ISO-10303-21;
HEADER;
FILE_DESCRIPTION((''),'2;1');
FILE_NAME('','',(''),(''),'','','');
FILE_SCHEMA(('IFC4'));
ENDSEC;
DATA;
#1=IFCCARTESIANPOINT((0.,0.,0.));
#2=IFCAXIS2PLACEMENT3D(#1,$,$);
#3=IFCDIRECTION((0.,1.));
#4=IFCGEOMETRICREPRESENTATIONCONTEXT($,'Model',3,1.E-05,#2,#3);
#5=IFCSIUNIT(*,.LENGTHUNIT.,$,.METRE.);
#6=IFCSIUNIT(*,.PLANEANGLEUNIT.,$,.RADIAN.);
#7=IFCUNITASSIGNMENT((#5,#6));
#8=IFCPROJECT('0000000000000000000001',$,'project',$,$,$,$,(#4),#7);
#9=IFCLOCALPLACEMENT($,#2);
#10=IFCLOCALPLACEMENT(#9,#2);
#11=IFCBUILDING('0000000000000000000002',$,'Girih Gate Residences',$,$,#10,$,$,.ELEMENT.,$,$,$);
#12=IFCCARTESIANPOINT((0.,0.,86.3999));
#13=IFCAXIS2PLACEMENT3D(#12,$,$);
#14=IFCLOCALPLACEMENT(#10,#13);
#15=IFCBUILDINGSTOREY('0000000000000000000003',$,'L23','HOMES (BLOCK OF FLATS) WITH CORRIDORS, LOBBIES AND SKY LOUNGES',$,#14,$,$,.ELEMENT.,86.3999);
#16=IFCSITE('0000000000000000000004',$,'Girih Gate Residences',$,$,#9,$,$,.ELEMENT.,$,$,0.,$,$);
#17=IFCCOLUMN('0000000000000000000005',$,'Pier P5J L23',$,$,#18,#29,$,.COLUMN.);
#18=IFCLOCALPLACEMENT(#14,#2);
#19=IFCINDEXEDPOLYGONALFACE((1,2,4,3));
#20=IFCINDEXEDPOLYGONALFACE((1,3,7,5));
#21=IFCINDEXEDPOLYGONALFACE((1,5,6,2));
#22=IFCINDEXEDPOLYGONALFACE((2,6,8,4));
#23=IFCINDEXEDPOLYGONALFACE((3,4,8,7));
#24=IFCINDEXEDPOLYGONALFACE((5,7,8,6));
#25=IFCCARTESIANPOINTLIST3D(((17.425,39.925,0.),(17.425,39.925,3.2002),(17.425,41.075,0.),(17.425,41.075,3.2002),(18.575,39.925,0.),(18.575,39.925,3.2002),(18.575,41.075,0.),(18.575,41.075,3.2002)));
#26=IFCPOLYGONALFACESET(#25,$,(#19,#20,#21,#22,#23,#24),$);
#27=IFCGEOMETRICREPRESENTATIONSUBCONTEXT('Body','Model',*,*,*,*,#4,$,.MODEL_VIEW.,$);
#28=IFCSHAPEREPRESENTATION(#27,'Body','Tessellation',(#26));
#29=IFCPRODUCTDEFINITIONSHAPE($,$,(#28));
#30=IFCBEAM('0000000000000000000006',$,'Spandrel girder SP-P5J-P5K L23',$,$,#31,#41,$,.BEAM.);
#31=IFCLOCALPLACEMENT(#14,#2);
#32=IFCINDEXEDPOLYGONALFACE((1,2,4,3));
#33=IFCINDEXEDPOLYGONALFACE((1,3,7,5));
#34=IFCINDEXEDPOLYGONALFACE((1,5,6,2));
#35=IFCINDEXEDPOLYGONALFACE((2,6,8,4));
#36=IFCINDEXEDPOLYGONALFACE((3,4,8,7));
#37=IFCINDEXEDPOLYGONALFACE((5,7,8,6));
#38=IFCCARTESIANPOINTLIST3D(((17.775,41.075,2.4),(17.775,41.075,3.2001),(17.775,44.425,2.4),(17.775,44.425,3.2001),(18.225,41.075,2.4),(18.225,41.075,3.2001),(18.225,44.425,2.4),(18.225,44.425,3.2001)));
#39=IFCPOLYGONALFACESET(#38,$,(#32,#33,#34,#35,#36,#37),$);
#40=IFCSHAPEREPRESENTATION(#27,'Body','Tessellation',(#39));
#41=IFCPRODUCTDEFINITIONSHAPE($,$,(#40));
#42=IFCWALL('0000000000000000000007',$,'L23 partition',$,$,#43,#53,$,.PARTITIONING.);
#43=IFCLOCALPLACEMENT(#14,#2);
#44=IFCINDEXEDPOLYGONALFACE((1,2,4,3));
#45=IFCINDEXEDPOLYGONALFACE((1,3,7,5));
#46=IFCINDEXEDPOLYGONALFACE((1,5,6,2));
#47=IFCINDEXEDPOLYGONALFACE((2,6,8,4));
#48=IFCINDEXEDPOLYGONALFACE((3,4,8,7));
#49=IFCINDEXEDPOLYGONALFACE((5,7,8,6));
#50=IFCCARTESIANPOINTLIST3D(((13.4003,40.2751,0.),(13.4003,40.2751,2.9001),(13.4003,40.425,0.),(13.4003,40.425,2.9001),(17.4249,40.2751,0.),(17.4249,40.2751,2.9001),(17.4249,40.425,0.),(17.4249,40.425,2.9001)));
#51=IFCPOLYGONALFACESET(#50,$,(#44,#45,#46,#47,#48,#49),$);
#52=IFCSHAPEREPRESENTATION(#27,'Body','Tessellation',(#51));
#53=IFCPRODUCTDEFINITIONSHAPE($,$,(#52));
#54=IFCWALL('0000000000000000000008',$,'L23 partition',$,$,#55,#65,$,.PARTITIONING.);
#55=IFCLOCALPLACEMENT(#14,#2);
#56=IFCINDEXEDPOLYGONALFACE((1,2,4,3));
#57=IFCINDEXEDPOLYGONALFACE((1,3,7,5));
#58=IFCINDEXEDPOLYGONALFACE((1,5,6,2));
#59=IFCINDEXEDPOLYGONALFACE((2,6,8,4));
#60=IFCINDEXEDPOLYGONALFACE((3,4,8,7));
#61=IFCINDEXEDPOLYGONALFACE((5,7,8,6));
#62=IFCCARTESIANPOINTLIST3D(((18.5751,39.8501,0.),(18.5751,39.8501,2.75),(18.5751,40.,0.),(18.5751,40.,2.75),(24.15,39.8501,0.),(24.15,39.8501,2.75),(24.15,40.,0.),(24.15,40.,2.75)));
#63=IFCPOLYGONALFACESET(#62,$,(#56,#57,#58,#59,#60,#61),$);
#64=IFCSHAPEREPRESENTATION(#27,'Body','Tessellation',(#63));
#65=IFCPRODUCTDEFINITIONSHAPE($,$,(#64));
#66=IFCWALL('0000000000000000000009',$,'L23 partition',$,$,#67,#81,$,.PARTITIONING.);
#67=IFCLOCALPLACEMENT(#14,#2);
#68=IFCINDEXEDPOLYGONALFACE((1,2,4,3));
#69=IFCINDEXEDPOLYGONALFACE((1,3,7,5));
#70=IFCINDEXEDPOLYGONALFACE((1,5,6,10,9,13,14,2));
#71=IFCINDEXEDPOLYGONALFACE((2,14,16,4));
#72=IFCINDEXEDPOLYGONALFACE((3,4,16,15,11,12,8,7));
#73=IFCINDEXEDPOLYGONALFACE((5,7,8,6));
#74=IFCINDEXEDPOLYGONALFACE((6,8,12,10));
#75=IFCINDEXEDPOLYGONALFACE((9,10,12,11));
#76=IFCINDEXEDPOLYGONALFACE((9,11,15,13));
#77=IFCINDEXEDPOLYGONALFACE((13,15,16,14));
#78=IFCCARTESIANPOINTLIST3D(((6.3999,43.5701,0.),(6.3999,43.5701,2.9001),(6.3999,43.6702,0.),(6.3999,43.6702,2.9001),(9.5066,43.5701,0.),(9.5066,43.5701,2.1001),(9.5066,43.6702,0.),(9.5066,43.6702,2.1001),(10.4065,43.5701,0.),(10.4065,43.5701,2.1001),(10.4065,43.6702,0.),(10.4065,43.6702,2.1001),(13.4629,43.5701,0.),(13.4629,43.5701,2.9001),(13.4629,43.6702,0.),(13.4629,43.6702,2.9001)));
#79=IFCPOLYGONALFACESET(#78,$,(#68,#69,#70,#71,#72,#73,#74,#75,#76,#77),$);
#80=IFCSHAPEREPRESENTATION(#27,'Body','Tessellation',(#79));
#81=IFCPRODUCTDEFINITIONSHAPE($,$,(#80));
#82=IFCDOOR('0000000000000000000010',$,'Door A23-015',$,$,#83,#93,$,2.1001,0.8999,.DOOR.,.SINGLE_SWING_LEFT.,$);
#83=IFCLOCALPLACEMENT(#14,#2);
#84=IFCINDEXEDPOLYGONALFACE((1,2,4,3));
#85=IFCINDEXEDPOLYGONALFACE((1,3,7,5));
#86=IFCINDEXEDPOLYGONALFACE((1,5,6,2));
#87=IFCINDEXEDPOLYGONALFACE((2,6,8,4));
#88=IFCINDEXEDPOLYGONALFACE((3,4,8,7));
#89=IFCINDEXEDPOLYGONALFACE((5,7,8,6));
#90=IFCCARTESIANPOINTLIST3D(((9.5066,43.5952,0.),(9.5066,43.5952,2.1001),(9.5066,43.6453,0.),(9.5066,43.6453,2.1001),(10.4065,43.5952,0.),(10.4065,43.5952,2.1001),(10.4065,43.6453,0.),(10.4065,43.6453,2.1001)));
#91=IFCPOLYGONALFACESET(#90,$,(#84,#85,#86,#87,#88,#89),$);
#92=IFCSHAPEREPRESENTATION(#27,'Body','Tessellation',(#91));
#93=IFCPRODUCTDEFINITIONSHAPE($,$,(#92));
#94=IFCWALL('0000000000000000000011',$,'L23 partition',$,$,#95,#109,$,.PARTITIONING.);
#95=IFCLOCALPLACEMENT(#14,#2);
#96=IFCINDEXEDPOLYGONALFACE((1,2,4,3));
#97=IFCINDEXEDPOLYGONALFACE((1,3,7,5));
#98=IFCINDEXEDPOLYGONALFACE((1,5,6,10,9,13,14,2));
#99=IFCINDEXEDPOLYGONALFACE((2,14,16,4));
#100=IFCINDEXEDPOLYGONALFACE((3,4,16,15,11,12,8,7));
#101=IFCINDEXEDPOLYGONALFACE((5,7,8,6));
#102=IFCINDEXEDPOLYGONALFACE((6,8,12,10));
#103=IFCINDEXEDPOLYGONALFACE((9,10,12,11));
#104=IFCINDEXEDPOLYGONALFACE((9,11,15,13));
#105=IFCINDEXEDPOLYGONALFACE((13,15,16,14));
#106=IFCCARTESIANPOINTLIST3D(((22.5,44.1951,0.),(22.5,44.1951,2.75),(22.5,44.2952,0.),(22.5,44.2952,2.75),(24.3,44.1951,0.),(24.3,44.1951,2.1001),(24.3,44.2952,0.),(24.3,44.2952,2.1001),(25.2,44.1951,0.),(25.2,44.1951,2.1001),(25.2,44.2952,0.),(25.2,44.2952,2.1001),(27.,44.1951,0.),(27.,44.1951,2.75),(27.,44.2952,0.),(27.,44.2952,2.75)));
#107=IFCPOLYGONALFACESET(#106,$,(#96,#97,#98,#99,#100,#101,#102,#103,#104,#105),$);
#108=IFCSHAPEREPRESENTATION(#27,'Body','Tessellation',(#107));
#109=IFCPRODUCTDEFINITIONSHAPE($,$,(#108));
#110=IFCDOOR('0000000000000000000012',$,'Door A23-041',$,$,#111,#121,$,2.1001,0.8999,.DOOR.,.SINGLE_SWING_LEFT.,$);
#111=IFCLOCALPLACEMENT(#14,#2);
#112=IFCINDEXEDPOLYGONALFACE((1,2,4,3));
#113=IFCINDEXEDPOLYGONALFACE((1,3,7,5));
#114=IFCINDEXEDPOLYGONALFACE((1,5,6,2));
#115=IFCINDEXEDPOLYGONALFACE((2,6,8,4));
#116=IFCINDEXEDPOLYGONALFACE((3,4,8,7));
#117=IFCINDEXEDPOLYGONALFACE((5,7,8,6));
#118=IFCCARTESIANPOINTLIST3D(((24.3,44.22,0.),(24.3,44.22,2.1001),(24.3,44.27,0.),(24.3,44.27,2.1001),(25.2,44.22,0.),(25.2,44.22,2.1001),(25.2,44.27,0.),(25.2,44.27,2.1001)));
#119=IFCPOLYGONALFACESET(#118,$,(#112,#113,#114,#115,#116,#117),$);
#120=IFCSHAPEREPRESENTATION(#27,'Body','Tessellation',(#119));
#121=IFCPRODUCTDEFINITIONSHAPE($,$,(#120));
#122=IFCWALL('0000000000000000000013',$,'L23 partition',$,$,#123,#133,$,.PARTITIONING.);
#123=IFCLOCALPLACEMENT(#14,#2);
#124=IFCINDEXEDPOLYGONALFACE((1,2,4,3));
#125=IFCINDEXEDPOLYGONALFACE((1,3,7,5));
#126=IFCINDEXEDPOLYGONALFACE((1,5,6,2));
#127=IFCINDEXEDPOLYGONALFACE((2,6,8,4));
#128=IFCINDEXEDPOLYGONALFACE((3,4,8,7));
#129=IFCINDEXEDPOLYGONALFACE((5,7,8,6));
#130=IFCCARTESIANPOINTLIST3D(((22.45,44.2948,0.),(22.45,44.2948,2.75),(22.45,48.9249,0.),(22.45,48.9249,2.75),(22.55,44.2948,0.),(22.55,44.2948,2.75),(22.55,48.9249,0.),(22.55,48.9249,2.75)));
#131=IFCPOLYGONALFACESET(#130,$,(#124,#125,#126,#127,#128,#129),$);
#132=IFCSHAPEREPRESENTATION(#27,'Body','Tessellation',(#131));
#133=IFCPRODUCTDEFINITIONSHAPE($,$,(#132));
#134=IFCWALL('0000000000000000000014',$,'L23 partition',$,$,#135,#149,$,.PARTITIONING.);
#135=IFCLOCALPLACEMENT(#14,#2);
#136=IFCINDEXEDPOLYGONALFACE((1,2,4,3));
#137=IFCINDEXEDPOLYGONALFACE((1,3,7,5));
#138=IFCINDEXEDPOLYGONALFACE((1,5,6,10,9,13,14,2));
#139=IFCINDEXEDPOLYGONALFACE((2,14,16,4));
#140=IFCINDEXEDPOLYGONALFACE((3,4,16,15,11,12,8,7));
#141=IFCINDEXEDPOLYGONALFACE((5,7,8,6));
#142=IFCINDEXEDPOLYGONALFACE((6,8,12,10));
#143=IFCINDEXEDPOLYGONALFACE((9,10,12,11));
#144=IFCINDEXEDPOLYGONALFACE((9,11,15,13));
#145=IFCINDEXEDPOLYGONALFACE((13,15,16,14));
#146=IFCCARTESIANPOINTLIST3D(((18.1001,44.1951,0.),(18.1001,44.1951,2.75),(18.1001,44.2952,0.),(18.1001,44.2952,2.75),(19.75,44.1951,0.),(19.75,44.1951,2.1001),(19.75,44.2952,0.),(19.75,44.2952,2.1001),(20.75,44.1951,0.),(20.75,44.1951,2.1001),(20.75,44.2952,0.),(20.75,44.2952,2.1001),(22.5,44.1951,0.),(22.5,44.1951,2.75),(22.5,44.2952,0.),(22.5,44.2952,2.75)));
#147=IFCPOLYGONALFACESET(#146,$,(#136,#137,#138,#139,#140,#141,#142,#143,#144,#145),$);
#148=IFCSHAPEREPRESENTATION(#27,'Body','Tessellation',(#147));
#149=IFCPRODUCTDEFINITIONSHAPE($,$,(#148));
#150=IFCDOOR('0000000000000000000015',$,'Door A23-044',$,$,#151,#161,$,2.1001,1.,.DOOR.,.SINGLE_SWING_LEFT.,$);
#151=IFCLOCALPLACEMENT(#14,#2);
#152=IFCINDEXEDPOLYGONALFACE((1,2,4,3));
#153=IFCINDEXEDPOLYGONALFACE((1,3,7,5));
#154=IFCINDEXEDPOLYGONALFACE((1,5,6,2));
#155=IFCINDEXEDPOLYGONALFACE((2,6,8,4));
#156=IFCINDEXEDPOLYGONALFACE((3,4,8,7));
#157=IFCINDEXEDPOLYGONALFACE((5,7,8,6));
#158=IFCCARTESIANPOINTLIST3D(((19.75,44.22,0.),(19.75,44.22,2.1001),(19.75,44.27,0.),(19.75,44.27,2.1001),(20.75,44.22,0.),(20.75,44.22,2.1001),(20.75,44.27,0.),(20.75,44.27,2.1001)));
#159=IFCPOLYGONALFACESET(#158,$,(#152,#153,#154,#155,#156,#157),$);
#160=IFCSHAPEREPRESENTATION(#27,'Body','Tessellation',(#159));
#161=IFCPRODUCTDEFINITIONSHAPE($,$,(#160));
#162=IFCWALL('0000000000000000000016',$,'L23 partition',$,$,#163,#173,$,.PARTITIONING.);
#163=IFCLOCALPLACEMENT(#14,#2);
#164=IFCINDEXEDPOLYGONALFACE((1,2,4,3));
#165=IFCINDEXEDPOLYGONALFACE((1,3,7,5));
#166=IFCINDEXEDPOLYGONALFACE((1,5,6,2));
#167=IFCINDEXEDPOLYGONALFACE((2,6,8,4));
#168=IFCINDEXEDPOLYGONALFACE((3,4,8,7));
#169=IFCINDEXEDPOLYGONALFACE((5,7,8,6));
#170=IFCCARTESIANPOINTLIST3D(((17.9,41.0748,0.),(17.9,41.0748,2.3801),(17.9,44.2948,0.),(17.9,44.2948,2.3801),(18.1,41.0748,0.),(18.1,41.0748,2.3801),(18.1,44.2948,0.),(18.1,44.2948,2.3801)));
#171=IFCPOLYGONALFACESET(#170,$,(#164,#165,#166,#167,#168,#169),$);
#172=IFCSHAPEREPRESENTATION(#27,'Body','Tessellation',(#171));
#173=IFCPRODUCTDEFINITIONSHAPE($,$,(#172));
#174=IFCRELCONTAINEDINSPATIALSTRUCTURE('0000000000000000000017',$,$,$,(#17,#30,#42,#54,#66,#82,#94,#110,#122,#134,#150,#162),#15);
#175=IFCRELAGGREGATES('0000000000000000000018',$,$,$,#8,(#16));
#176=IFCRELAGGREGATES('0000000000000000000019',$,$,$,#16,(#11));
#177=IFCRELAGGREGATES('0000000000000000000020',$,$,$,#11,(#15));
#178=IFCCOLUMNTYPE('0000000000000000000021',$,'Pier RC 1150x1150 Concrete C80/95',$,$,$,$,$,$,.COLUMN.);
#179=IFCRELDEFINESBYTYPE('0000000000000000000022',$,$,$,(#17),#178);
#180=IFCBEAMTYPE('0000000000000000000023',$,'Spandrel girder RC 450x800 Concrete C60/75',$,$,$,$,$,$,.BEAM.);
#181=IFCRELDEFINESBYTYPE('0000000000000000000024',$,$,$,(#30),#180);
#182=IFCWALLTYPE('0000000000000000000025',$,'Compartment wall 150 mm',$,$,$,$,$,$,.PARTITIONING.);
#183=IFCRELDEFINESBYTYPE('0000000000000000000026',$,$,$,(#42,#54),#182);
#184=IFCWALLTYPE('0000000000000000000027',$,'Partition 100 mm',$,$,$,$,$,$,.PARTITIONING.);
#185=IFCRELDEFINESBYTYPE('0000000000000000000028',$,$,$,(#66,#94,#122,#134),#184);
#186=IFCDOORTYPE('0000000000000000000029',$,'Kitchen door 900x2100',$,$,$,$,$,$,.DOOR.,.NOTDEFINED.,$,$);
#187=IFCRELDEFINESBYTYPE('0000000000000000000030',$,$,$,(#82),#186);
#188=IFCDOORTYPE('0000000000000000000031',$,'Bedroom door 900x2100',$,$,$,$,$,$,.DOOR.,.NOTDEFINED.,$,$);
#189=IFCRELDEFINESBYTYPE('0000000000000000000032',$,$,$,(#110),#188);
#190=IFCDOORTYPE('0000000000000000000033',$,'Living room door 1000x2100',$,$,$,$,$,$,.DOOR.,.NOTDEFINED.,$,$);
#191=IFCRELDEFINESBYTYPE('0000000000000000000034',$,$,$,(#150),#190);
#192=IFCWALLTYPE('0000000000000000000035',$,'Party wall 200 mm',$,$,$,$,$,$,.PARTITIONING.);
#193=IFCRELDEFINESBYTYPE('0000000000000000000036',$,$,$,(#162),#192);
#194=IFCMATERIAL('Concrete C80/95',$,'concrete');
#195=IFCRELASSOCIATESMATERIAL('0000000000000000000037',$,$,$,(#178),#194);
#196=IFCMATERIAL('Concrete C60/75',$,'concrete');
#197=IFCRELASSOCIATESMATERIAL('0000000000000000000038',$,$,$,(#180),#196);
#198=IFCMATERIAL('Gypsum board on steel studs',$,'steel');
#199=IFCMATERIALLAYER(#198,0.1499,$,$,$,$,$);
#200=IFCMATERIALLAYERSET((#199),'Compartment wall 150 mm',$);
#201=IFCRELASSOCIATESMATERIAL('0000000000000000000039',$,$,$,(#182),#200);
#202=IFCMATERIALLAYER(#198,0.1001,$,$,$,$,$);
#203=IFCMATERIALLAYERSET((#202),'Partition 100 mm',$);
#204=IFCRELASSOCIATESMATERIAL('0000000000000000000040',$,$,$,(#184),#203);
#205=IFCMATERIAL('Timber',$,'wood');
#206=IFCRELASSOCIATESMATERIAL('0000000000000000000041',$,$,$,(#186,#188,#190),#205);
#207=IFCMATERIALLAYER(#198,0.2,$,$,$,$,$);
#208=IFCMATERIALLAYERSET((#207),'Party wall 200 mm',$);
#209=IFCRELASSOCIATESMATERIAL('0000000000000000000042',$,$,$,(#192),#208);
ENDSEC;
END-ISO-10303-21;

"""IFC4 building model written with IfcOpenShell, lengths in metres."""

from ifc_helpers import new_model, si_unit, direction, frame, frame_2d, origin, origin_2d, place, context, subcontext, project, spatial, rectangle, extrude, material, layer, layer_set, material_profile, profile_set, type_object, element, fill, save


model = new_model("IFC4")

# Units and contexts
model_context = context("Model", 3, precision=1e-05, world=origin(), true_north=direction((0.0, 1.0)))
body_context = subcontext(model_context, "Body", "Model", "MODEL_VIEW")
ifc_project = project(units=[si_unit("LENGTHUNIT", "METRE"), si_unit("PLANEANGLEUNIT", "RADIAN")], contexts=[model_context])

# Site, building, storey
site_placement = place(None, origin())
site = spatial("IfcSite", under=ifc_project, at=site_placement, Name="Girih Gate Residences", CompositionType="ELEMENT", RefElevation=0.0)
building_placement = place(site_placement, origin())
building = spatial("IfcBuilding", under=site, at=building_placement, Name="Girih Gate Residences", CompositionType="ELEMENT")
storey_placement = place(building_placement, frame((0.0, 0.0, 86.3999)))
storey = spatial("IfcBuildingStorey", under=building, at=storey_placement, Name="L23", Description="HOMES (BLOCK OF FLATS) WITH CORRIDORS, LOBBIES AND SKY LOUNGES", CompositionType="ELEMENT", Elevation=86.3999)

# Column
ifc_material_1 = material(Name="Concrete C80/95", Category="concrete")
ifc_material_profile_1 = material_profile(ifc_material_1, rectangle(XDim=1.1499, YDim=1.1499, at=origin_2d()))
ifc_profile_set_1 = profile_set([ifc_material_profile_1], Name="Concrete C80/95")
column_type = type_object("IfcColumnType", Name="Pier RC 1150x1150 Concrete C80/95", PredefinedType="COLUMN", material=ifc_profile_set_1)
column_placement = place(storey_placement, frame((18.0, 40.5, 0.0), z_axis=(0.0, 0.0, 1.0), x_axis=(1.0, 0.0, 0.0)))
element("IfcColumn", 1, at=column_placement, inside=storey, type_object=column_type, Name="Pier P5J L23", PredefinedType="COLUMN", context=body_context, shape_type="SweptSolid", body=[
    extrude(rectangle(XDim=1.1499, YDim=1.1499, at=origin_2d()), origin(), (0.0, 0.0, 1.0), 3.2002),
])

# Beam
ifc_material_2 = material(Name="Concrete C60/75", Category="concrete")
ifc_material_profile_2 = material_profile(ifc_material_2, rectangle(XDim=0.45, YDim=0.8, at=origin_2d()))
ifc_profile_set_2 = profile_set([ifc_material_profile_2], Name="Concrete C60/75")
beam_type = type_object("IfcBeamType", Name="Spandrel girder RC 450x800 Concrete C60/75", PredefinedType="BEAM", material=ifc_profile_set_2)
beam_placement = place(storey_placement, frame((18.0, 41.075, 2.8), z_axis=(0.0, 1.0, 0.0), x_axis=(-1.0, 0.0, 0.0)))
element("IfcBeam", 2, at=beam_placement, inside=storey, type_object=beam_type, Name="Spandrel girder SP-P5J-P5K L23", PredefinedType="BEAM", context=body_context, shape_type="SweptSolid", body=[
    extrude(rectangle(XDim=0.45, YDim=0.8, at=origin_2d()), origin(), (0.0, 0.0, 1.0), 3.3501),
])

# Walls
ifc_material_3 = material(Name="Gypsum board on steel studs", Category="steel")
ifc_layer_1 = layer(ifc_material_3, 0.1499)
ifc_layer_set_1 = layer_set([ifc_layer_1], Name="Compartment wall 150 mm")
wall_type_1 = type_object("IfcWallType", Name="Compartment wall 150 mm", PredefinedType="PARTITIONING", material=ifc_layer_set_1)
wall_1_placement = place(storey_placement, frame((13.4004, 40.3501, 0.0), z_axis=(0.0, 0.0, 1.0), x_axis=(1.0, 0.0, 0.0)))
element("IfcWall", 3, at=wall_1_placement, inside=storey, type_object=wall_type_1, Name="L23 partition", PredefinedType="PARTITIONING", context=body_context, shape_type="SweptSolid", body=[
    extrude(rectangle(XDim=4.0247, YDim=0.1499, at=frame_2d((2.0122, 0.0))), origin(), (0.0, 0.0, 1.0), 2.9001),
])
wall_2_placement = place(storey_placement, frame((18.575, 39.925, 0.0), z_axis=(0.0, 0.0, 1.0), x_axis=(1.0, 0.0, 0.0)))
element("IfcWall", 4, at=wall_2_placement, inside=storey, type_object=wall_type_1, Name="L23 partition", PredefinedType="PARTITIONING", context=body_context, shape_type="SweptSolid", body=[
    extrude(rectangle(XDim=5.575, YDim=0.1499, at=frame_2d((2.7876, 0.0))), origin(), (0.0, 0.0, 1.0), 2.75),
])

# Walls, openings, doors
ifc_layer_2 = layer(ifc_material_3, 0.1001)
ifc_layer_set_2 = layer_set([ifc_layer_2], Name="Partition 100 mm")
wall_type_2 = type_object("IfcWallType", Name="Partition 100 mm", PredefinedType="PARTITIONING", material=ifc_layer_set_2)
wall_3_placement = place(storey_placement, frame((13.4629, 43.6201, 0.0), z_axis=(0.0, 0.0, 1.0), x_axis=(-1.0, 0.0, 0.0)))
wall_3 = element("IfcWall", 5, at=wall_3_placement, inside=storey, type_object=wall_type_2, Name="L23 partition", PredefinedType="PARTITIONING", context=body_context, shape_type="SweptSolid", body=[
    extrude(rectangle(XDim=7.063, YDim=0.1001, at=frame_2d((3.5315, 0.0))), origin(), (0.0, 0.0, 1.0), 2.9001),
])
opening_1_placement = place(wall_3_placement, frame((3.0564, 0.0, 0.0)))
opening_1 = element("IfcOpeningElement", 6, at=opening_1_placement, cuts=wall_3, PredefinedType="OPENING", context=body_context, shape_type="SweptSolid", body=[
    extrude(rectangle(XDim=0.8999, YDim=2.1001, at=frame_2d((0.45, 1.05))), frame((0.0, 0.0601, 0.0), z_axis=(0.0, -1.0, 0.0), x_axis=(1.0, 0.0, 0.0)), (0.0, 0.0, 1.0), 0.1201),
])
ifc_material_4 = material(Name="Timber", Category="wood")
door_type_1 = type_object("IfcDoorType", Name="Kitchen door 900x2100", OperationType="NOTDEFINED", PredefinedType="DOOR", material=ifc_material_4)
door_1_placement = place(opening_1_placement, origin())
door_1 = element("IfcDoor", 7, at=door_1_placement, inside=storey, type_object=door_type_1, Name="Door A23-015", OperationType="SINGLE_SWING_LEFT", OverallHeight=2.1001, OverallWidth=0.8999, PredefinedType="DOOR", context=body_context, shape_type="SweptSolid", body=[
    extrude(rectangle(XDim=0.8999, YDim=2.1001, at=frame_2d((0.45, 1.05))), frame((0.0, 0.0249, 0.0), z_axis=(0.0, -1.0, 0.0), x_axis=(1.0, 0.0, 0.0)), (0.0, 0.0, 1.0), 0.05),
])
fill(opening_1, door_1)
wall_4_placement = place(storey_placement, frame((22.5, 44.2451, 0.0), z_axis=(0.0, 0.0, 1.0), x_axis=(1.0, 0.0, 0.0)))
wall_4 = element("IfcWall", 8, at=wall_4_placement, inside=storey, type_object=wall_type_2, Name="L23 partition", PredefinedType="PARTITIONING", context=body_context, shape_type="SweptSolid", body=[
    extrude(rectangle(XDim=4.5, YDim=0.1001, at=frame_2d((2.25, 0.0))), origin(), (0.0, 0.0, 1.0), 2.75),
])
opening_2_placement = place(wall_4_placement, frame((1.8, 0.0, 0.0)))
opening_2 = element("IfcOpeningElement", 9, at=opening_2_placement, cuts=wall_4, PredefinedType="OPENING", context=body_context, shape_type="SweptSolid", body=[
    extrude(rectangle(XDim=0.8999, YDim=2.1001, at=frame_2d((0.45, 1.05))), frame((0.0, 0.0601, 0.0), z_axis=(0.0, -1.0, 0.0), x_axis=(1.0, 0.0, 0.0)), (0.0, 0.0, 1.0), 0.1201),
])
door_type_2 = type_object("IfcDoorType", Name="Bedroom door 900x2100", OperationType="NOTDEFINED", PredefinedType="DOOR", material=ifc_material_4)
door_2_placement = place(opening_2_placement, origin())
door_2 = element("IfcDoor", 10, at=door_2_placement, inside=storey, type_object=door_type_2, Name="Door A23-041", OperationType="SINGLE_SWING_LEFT", OverallHeight=2.1001, OverallWidth=0.8999, PredefinedType="DOOR", context=body_context, shape_type="SweptSolid", body=[
    extrude(rectangle(XDim=0.8999, YDim=2.1001, at=frame_2d((0.45, 1.05))), frame((0.0, 0.0249, 0.0), z_axis=(0.0, -1.0, 0.0), x_axis=(1.0, 0.0, 0.0)), (0.0, 0.0, 1.0), 0.05),
])
fill(opening_2, door_2)

# Wall
wall_5_placement = place(storey_placement, frame((22.5, 44.2949, 0.0), z_axis=(0.0, 0.0, 1.0), x_axis=(0.0, 1.0, 0.0)))
element("IfcWall", 11, at=wall_5_placement, inside=storey, type_object=wall_type_2, Name="L23 partition", PredefinedType="PARTITIONING", context=body_context, shape_type="SweptSolid", body=[
    extrude(rectangle(XDim=4.6301, YDim=0.1001, at=frame_2d((2.3149, 0.0))), origin(), (0.0, 0.0, 1.0), 2.75),
])

# Wall, opening, door
wall_6_placement = place(storey_placement, frame((18.1001, 44.2451, 0.0), z_axis=(0.0, 0.0, 1.0), x_axis=(1.0, 0.0, 0.0)))
wall_6 = element("IfcWall", 12, at=wall_6_placement, inside=storey, type_object=wall_type_2, Name="L23 partition", PredefinedType="PARTITIONING", context=body_context, shape_type="SweptSolid", body=[
    extrude(rectangle(XDim=4.3999, YDim=0.1001, at=frame_2d((2.2, 0.0))), origin(), (0.0, 0.0, 1.0), 2.75),
])
opening_3_placement = place(wall_6_placement, frame((1.6499, 0.0, 0.0)))
opening_3 = element("IfcOpeningElement", 13, at=opening_3_placement, cuts=wall_6, PredefinedType="OPENING", context=body_context, shape_type="SweptSolid", body=[
    extrude(rectangle(XDim=1.0, YDim=2.1001, at=frame_2d((0.5, 1.05))), frame((0.0, 0.0601, 0.0), z_axis=(0.0, -1.0, 0.0), x_axis=(1.0, 0.0, 0.0)), (0.0, 0.0, 1.0), 0.1201),
])
door_type_3 = type_object("IfcDoorType", Name="Living room door 1000x2100", OperationType="NOTDEFINED", PredefinedType="DOOR", material=ifc_material_4)
door_3_placement = place(opening_3_placement, origin())
door_3 = element("IfcDoor", 14, at=door_3_placement, inside=storey, type_object=door_type_3, Name="Door A23-044", OperationType="SINGLE_SWING_LEFT", OverallHeight=2.1001, OverallWidth=1.0, PredefinedType="DOOR", context=body_context, shape_type="SweptSolid", body=[
    extrude(rectangle(XDim=1.0, YDim=2.1001, at=frame_2d((0.5, 1.05))), frame((0.0, 0.0249, 0.0), z_axis=(0.0, -1.0, 0.0), x_axis=(1.0, 0.0, 0.0)), (0.0, 0.0, 1.0), 0.05),
])
fill(opening_3, door_3)

# Wall
ifc_layer_3 = layer(ifc_material_3, 0.2)
ifc_layer_set_3 = layer_set([ifc_layer_3], Name="Party wall 200 mm")
wall_type_3 = type_object("IfcWallType", Name="Party wall 200 mm", PredefinedType="PARTITIONING", material=ifc_layer_set_3)
wall_7_placement = place(storey_placement, frame((18.0, 41.075, 0.0), z_axis=(0.0, 0.0, 1.0), x_axis=(0.0, 1.0, 0.0)))
element("IfcWall", 15, at=wall_7_placement, inside=storey, type_object=wall_type_3, Name="L23 partition", PredefinedType="PARTITIONING", context=body_context, shape_type="SweptSolid", body=[
    extrude(rectangle(XDim=3.22, YDim=0.2, at=frame_2d((1.6099, 0.0))), origin(), (0.0, 0.0, 1.0), 2.3801),
])

save(model, "model.ifc")
